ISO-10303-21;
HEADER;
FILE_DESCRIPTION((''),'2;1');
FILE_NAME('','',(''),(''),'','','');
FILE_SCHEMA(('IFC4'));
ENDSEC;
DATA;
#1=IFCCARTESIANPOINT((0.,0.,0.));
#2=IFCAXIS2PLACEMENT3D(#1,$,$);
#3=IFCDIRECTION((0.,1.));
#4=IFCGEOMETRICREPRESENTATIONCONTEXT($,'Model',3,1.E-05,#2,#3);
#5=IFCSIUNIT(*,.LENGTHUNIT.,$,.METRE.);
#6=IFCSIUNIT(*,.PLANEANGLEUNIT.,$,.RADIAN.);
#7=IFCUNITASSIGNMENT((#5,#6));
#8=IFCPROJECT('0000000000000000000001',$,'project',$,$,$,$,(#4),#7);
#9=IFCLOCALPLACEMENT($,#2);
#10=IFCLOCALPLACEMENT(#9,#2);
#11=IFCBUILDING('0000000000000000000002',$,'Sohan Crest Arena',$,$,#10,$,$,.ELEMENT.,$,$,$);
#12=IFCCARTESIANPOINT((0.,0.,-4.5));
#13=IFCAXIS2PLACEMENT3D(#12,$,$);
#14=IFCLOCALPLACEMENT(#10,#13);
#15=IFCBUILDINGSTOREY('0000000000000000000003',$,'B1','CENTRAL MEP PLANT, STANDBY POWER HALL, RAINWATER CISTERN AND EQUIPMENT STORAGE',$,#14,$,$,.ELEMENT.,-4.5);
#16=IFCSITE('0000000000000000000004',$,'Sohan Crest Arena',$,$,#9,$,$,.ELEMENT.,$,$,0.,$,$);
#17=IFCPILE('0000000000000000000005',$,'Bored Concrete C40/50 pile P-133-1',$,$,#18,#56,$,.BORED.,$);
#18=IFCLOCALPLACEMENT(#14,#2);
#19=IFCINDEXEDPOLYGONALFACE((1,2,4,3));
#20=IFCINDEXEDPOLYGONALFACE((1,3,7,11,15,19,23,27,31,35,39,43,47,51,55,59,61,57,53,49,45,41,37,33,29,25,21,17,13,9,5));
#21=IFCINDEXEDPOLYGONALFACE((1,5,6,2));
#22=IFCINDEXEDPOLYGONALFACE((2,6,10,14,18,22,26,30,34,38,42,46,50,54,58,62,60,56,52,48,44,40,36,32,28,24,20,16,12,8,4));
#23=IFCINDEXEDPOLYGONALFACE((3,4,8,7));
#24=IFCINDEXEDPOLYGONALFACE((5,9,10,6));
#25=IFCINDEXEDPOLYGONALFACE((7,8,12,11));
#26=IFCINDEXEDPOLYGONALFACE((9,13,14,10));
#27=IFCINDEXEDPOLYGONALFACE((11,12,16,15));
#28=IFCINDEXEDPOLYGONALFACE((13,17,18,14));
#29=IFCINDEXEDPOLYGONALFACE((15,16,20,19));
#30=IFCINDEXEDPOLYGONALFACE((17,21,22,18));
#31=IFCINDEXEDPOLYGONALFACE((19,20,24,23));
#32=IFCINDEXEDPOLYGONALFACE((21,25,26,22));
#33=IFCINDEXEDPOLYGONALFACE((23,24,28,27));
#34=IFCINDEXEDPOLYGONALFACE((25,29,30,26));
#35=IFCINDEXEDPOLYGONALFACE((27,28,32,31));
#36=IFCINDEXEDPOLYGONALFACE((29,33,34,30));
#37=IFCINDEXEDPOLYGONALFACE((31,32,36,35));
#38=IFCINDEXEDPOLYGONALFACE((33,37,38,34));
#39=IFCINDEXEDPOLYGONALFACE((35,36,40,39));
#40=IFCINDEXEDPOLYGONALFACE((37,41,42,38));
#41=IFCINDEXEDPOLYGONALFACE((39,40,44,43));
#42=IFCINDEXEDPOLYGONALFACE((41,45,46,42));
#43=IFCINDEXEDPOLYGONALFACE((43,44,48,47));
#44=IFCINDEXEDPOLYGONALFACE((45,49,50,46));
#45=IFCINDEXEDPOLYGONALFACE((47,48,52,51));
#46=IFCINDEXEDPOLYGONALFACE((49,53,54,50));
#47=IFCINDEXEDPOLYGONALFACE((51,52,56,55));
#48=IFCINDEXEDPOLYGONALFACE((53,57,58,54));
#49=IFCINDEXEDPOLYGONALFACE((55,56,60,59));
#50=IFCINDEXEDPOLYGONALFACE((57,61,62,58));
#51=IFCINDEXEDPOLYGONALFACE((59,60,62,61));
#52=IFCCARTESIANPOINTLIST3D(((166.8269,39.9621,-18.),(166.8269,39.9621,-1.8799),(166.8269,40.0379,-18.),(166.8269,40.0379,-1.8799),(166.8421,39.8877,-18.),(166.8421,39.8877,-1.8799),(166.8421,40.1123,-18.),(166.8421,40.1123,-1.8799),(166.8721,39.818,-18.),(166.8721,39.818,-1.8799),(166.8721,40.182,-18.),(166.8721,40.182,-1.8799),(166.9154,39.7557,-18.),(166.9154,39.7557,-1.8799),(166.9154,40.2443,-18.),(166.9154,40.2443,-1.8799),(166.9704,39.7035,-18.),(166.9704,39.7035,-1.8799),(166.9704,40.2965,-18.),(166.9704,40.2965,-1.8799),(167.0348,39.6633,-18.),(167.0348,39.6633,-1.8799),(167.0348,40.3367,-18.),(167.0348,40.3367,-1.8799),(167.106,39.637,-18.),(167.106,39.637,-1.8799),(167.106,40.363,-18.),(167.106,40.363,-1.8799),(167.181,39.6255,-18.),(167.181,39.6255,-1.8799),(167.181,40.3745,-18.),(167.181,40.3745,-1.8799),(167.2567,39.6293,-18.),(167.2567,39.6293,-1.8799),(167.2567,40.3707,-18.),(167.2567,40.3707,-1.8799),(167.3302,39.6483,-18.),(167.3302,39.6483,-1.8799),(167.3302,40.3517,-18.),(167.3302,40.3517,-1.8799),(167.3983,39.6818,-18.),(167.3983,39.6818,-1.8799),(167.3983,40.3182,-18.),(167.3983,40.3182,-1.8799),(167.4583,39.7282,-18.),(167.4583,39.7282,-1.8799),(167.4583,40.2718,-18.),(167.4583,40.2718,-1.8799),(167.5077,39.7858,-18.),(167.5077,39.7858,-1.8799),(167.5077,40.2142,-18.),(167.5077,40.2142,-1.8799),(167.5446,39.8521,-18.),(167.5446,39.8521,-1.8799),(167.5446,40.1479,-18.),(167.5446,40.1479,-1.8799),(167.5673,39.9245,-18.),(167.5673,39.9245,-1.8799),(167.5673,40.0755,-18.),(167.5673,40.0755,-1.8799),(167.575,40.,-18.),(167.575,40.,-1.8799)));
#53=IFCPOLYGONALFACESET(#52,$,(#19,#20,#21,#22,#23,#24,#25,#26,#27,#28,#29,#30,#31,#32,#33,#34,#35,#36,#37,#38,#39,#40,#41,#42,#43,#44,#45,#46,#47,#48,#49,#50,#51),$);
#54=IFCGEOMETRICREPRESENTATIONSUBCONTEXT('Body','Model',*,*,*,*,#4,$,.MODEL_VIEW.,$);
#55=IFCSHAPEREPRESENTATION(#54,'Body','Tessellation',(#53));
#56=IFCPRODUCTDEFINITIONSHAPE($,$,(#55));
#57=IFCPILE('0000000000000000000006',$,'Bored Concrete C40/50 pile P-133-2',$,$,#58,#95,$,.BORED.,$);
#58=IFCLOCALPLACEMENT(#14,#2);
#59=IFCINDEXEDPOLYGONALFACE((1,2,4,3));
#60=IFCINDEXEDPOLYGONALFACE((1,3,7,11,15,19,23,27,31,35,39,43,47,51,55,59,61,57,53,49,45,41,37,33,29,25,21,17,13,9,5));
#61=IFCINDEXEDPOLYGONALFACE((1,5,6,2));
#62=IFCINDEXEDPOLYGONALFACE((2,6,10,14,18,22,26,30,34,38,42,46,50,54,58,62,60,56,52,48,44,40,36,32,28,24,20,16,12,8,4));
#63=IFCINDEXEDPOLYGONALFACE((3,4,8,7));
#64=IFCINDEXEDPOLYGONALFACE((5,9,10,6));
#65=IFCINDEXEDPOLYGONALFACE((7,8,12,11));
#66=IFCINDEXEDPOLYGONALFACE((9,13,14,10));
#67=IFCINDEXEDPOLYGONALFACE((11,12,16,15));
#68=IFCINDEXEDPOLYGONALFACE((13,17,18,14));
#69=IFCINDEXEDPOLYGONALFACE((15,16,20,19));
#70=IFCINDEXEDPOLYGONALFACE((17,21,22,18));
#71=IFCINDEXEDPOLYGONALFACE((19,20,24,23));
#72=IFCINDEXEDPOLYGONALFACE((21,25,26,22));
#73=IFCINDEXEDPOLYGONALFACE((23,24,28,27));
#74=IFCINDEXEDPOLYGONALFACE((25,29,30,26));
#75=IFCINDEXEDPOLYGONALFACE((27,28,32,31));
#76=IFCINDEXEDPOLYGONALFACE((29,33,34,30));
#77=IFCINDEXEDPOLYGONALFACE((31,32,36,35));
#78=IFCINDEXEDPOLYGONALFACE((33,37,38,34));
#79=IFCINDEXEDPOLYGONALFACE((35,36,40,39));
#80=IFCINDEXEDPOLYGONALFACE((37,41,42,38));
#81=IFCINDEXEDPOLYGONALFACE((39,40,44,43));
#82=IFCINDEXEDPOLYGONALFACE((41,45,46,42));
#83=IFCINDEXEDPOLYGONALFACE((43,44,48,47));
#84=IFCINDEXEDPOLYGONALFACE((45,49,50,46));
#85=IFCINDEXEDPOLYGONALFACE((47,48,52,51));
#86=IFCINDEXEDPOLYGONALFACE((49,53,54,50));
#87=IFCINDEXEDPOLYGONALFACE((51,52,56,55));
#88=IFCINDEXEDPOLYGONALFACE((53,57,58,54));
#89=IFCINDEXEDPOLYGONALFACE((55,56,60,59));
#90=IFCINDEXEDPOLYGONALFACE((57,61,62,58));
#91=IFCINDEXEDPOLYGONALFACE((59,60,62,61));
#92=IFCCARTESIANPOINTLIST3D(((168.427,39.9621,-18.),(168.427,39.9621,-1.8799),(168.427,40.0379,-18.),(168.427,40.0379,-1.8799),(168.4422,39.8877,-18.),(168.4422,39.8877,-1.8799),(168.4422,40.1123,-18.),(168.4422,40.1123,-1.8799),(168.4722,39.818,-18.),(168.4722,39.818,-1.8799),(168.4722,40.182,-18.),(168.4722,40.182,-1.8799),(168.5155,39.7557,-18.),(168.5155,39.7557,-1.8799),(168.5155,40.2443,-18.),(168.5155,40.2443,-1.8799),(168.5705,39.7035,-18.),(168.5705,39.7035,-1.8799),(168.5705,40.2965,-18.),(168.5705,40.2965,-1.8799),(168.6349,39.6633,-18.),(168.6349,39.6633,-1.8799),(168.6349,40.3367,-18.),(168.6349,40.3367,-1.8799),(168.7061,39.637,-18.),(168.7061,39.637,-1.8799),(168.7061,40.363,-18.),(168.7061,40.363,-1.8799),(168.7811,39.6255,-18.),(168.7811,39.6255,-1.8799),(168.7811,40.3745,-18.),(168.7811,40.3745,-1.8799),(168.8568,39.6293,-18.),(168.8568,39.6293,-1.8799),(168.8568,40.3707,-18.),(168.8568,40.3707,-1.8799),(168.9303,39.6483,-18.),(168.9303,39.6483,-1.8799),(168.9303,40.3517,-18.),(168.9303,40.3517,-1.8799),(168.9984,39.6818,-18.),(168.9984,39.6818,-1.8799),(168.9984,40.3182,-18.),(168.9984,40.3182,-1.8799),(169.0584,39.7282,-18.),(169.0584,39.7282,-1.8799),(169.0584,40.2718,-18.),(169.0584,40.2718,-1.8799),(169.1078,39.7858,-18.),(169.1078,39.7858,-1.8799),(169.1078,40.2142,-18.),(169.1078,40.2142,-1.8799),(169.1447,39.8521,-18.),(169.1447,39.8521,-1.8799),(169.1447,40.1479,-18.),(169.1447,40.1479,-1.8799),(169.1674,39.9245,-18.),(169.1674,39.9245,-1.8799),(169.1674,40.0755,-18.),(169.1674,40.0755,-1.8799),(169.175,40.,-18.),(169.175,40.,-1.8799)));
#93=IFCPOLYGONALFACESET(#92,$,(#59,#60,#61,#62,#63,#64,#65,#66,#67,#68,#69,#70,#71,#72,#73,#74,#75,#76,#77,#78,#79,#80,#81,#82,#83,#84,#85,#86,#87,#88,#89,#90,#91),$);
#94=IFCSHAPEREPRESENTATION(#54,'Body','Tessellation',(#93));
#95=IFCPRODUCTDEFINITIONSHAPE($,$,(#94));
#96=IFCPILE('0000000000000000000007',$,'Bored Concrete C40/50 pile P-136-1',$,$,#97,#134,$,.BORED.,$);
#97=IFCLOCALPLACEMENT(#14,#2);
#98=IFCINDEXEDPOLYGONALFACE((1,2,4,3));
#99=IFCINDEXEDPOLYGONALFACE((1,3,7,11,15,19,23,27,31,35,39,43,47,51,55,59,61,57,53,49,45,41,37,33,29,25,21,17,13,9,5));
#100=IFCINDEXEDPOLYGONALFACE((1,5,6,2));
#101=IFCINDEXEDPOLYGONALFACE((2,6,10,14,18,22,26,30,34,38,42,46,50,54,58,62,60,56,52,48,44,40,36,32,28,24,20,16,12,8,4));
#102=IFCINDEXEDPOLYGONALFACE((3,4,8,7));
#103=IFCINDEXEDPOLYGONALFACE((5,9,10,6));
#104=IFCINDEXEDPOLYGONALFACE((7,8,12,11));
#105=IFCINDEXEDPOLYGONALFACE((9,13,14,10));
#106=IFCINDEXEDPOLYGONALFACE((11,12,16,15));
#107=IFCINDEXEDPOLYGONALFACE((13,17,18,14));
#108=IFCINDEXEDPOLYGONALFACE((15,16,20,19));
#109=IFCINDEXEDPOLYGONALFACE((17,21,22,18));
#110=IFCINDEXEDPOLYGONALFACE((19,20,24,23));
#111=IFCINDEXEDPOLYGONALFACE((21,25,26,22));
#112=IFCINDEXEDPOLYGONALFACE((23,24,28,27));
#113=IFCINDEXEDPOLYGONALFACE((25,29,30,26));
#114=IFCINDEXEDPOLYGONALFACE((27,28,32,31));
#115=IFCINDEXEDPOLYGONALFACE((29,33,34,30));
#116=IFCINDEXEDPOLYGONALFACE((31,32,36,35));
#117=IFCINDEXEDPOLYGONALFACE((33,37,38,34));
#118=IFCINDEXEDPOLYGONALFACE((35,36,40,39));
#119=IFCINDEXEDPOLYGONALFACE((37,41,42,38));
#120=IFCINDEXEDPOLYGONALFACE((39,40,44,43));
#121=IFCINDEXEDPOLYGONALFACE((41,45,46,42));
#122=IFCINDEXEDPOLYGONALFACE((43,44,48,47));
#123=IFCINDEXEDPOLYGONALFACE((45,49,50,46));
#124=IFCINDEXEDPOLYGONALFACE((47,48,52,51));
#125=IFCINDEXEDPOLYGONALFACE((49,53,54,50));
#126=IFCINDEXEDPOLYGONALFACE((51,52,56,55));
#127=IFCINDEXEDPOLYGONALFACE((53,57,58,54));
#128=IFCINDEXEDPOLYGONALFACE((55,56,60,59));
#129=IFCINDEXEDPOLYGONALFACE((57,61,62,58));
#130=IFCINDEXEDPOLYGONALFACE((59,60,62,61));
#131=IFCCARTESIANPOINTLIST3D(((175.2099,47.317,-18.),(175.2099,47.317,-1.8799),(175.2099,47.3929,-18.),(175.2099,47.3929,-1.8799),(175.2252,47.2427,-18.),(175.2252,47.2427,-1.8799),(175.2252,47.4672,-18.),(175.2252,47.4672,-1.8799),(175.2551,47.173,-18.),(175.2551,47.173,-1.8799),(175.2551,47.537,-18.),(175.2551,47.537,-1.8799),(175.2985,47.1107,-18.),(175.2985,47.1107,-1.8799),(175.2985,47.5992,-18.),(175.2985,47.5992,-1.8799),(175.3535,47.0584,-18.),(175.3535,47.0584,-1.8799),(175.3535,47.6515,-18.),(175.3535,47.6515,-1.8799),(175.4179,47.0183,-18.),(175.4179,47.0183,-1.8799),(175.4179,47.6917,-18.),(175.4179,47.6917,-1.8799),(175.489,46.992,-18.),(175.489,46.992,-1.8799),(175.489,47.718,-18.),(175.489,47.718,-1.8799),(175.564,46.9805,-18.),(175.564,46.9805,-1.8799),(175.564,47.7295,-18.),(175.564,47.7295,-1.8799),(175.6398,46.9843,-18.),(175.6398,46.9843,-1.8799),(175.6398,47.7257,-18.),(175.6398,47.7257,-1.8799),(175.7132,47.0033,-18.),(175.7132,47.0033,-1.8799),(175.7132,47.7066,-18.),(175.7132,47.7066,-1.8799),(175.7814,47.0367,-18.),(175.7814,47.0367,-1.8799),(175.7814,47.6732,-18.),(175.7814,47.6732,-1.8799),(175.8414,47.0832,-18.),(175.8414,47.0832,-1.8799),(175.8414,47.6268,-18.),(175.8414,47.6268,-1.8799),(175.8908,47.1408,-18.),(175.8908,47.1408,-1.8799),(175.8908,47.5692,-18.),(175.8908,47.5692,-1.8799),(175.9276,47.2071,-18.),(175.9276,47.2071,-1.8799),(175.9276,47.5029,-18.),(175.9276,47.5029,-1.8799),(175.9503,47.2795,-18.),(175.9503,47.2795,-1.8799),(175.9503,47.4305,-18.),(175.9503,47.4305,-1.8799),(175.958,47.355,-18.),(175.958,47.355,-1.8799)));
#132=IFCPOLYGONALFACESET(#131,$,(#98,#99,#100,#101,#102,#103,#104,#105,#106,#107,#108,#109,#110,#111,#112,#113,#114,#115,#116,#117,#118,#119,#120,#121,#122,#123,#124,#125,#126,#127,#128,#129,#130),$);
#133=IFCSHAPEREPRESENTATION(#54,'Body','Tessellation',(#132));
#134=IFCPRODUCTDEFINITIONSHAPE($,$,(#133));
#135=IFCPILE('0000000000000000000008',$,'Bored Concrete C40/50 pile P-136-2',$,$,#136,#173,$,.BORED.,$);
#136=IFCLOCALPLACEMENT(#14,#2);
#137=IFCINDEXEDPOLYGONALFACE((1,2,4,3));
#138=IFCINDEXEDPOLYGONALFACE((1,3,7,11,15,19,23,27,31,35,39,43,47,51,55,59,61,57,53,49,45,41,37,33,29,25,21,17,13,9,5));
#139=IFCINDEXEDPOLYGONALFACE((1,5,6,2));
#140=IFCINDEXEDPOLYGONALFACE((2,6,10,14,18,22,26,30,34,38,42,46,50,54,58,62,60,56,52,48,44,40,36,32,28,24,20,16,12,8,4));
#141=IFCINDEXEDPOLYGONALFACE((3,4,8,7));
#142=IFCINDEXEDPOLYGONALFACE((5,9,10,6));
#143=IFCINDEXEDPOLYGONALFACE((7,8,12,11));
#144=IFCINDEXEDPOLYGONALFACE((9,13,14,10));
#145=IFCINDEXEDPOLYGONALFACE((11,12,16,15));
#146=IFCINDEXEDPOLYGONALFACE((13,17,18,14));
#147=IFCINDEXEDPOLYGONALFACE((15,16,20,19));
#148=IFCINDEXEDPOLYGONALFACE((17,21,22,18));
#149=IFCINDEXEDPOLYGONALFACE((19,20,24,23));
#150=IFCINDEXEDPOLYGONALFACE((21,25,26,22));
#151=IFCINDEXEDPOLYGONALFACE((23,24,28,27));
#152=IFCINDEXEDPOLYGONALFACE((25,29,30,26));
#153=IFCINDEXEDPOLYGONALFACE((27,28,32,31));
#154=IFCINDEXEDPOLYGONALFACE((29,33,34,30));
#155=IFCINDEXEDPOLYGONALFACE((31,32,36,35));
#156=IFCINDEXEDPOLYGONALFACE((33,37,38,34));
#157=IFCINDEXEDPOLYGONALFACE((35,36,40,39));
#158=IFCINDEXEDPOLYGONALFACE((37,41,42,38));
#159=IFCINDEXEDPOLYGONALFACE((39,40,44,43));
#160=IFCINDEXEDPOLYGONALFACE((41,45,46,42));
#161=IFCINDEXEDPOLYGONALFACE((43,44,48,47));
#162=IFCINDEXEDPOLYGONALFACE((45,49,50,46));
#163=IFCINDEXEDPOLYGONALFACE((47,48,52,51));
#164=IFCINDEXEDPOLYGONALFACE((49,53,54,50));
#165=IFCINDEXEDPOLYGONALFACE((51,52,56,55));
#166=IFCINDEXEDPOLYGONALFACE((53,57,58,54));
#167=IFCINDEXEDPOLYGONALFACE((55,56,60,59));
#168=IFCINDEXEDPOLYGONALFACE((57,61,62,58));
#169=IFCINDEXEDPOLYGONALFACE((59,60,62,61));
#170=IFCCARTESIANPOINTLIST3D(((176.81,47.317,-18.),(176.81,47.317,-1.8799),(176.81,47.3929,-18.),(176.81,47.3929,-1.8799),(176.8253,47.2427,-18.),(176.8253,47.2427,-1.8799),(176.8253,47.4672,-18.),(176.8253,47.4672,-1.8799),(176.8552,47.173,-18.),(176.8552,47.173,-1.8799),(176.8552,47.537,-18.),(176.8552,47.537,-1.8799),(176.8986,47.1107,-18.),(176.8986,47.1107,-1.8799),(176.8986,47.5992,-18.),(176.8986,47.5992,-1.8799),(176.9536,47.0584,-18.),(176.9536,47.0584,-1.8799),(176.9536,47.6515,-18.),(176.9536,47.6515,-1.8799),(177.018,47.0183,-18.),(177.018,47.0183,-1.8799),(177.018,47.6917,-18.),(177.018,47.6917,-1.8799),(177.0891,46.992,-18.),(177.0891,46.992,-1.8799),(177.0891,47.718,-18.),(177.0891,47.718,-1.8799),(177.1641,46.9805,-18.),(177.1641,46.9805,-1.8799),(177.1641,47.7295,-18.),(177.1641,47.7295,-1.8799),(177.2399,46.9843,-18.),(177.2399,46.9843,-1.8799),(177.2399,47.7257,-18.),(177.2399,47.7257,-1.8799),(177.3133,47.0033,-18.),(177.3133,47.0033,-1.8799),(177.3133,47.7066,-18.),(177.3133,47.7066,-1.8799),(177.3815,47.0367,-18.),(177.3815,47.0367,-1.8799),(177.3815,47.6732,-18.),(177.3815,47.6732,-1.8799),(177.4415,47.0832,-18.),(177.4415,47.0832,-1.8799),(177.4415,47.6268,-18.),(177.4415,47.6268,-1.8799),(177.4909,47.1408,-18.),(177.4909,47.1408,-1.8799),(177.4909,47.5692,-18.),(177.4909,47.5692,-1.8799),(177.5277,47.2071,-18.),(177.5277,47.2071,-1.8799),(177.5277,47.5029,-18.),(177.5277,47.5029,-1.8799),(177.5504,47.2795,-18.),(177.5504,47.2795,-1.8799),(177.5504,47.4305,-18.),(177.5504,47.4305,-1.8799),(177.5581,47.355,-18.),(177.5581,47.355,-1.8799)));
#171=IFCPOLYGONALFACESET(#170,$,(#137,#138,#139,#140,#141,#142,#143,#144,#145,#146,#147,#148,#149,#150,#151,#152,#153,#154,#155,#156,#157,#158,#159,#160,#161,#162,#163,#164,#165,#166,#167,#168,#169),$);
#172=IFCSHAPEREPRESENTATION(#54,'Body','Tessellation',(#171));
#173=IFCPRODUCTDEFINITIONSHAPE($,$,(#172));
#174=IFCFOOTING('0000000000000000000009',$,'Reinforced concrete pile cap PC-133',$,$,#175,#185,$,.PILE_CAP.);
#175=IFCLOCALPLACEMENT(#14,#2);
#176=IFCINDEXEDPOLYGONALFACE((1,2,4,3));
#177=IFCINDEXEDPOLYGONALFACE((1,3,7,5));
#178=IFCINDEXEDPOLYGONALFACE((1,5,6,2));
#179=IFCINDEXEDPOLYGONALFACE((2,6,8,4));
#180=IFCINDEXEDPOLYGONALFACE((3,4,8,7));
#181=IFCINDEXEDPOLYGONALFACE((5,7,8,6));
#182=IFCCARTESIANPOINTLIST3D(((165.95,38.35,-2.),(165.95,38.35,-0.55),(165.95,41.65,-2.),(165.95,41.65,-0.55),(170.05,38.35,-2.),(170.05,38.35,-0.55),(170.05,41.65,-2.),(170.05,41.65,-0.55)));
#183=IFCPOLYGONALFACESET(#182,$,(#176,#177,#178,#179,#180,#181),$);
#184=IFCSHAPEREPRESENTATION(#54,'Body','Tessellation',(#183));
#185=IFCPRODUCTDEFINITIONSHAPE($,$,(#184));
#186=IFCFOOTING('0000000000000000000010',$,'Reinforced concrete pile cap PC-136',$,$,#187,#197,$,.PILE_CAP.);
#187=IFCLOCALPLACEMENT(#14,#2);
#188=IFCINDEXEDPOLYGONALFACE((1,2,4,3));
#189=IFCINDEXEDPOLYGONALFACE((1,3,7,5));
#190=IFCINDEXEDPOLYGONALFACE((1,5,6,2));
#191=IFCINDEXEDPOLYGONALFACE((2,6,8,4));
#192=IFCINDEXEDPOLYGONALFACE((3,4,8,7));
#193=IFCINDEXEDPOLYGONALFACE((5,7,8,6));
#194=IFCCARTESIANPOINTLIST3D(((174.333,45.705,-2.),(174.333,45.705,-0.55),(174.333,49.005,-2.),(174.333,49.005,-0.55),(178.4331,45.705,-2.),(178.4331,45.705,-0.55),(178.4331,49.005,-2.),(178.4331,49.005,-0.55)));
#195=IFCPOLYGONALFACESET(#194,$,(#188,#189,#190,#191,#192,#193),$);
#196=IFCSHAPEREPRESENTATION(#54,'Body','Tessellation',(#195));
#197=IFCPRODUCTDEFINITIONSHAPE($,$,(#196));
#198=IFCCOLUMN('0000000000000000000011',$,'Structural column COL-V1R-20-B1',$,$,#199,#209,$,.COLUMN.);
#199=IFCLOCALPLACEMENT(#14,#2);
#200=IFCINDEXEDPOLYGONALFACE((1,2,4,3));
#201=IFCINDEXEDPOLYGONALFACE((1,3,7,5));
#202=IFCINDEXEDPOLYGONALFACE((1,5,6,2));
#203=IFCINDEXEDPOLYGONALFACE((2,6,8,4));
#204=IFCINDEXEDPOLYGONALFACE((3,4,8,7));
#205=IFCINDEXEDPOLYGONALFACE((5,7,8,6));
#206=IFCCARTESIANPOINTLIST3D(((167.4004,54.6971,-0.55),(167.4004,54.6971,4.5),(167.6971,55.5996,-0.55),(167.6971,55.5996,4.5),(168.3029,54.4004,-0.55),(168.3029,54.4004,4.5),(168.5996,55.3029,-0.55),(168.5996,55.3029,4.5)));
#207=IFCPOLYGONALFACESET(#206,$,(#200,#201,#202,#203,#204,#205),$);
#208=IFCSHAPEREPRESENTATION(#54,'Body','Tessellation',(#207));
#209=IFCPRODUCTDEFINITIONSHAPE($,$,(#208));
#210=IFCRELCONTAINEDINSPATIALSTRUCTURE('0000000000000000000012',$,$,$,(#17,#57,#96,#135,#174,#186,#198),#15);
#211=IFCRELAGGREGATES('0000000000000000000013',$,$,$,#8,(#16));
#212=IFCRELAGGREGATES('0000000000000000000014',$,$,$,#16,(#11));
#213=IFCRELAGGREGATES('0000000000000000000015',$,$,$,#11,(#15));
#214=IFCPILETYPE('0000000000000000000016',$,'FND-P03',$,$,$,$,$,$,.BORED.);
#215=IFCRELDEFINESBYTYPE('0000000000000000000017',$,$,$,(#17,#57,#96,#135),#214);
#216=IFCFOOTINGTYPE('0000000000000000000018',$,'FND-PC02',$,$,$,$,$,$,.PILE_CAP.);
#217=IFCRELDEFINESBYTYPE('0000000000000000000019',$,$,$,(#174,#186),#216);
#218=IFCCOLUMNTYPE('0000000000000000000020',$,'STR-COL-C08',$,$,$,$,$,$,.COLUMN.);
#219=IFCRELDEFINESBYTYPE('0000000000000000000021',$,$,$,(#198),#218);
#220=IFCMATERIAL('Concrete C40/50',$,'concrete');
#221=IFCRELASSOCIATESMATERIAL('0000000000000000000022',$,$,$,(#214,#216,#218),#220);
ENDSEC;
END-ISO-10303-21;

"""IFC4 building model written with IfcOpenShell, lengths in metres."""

from ifc_helpers import new_model, si_unit, direction, frame, origin, origin_2d, place, context, subcontext, project, spatial, rectangle, circle, extrude, material, material_profile, profile_set, type_object, element, save


model = new_model("IFC4")

# Units and contexts
model_context = context("Model", 3, precision=1e-05, world=origin(), true_north=direction((0.0, 1.0)))
body_context = subcontext(model_context, "Body", "Model", "MODEL_VIEW")
ifc_project = project(units=[si_unit("LENGTHUNIT", "METRE"), si_unit("PLANEANGLEUNIT", "RADIAN")], contexts=[model_context])

# Site, building, storey
site_placement = place(None, origin())
site = spatial("IfcSite", under=ifc_project, at=site_placement, Name="Sohan Crest Arena", CompositionType="ELEMENT", RefElevation=0.0)
building_placement = place(site_placement, origin())
building = spatial("IfcBuilding", under=site, at=building_placement, Name="Sohan Crest Arena", CompositionType="ELEMENT")
storey_placement = place(building_placement, frame((0.0, 0.0, -4.5)))
storey = spatial("IfcBuildingStorey", under=building, at=storey_placement, Name="B1", Description="CENTRAL MEP PLANT, STANDBY POWER HALL, RAINWATER CISTERN AND EQUIPMENT STORAGE", CompositionType="ELEMENT", Elevation=-4.5)

# Shared definitions
ifc_material_1 = material(Name="Concrete C40/50", Category="concrete")

# Piles
ifc_material_profile_1 = material_profile(ifc_material_1, circle(Radius=0.375, at=origin_2d()), Name="PILE D750")
ifc_profile_set_1 = profile_set([ifc_material_profile_1], Name="Concrete C40/50")
pile_type = type_object("IfcPileType", Name="FND-P03", PredefinedType="BORED", material=ifc_profile_set_1)
for number, where, z_axis, x_axis, name in (
    (1, (167.2, 40.0, -18.0), (0.0, 0.0, 1.0), (1.0, 0.0, 0.0), "Bored Concrete C40/50 pile P-133-1"),
    (2, (168.8, 40.0, -18.0), (0.0, 0.0, 1.0), (1.0, 0.0, 0.0), "Bored Concrete C40/50 pile P-133-2"),
    (3, (175.583, 47.355, -18.0), (0.0, 0.0, 1.0), (1.0, 0.0, 0.0), "Bored Concrete C40/50 pile P-136-1"),
    (4, (177.1831, 47.355, -18.0), (0.0, 0.0, 1.0), (1.0, 0.0, 0.0), "Bored Concrete C40/50 pile P-136-2"),
):
    element("IfcPile", number, at=place(storey_placement, frame(where, z_axis=z_axis, x_axis=x_axis)), inside=storey, type_object=pile_type, Name=name, PredefinedType="BORED", context=body_context, shape_type="SweptSolid", body=[
        extrude(circle(Radius=0.375, at=origin_2d()), origin(), (0.0, 0.0, 1.0), 16.1201),
    ])

# Footings
footing_type_1 = type_object("IfcFootingType", Name="FND-PC02", PredefinedType="PILE_CAP", material=ifc_material_1)
for number, where, z_axis, x_axis, name in (
    (5, (168.0, 40.0, -2.0), (0.0, 0.0, 1.0), (1.0, 0.0, 0.0), "Reinforced concrete pile cap PC-133"),
    (6, (176.3831, 47.355, -2.0), (0.0, 0.0, 1.0), (1.0, 0.0, 0.0), "Reinforced concrete pile cap PC-136"),
):
    element("IfcFooting", number, at=place(storey_placement, frame(where, z_axis=z_axis, x_axis=x_axis)), inside=storey, type_object=footing_type_1, Name=name, PredefinedType="PILE_CAP", context=body_context, shape_type="SweptSolid", body=[
        extrude(rectangle(XDim=4.1001, YDim=3.3, at=origin_2d()), origin(), (0.0, 0.0, 1.0), 1.45),
    ])

# Column
ifc_material_profile_2 = material_profile(ifc_material_1, rectangle(XDim=0.95, YDim=0.95, at=origin_2d()), Name="RC 950x950")
ifc_profile_set_2 = profile_set([ifc_material_profile_2], Name="Concrete C40/50")
column_type_1 = type_object("IfcColumnType", Name="STR-COL-C08", PredefinedType="COLUMN", material=ifc_profile_set_2)
column_1_placement = place(storey_placement, frame((168.0, 55.0, -0.55), z_axis=(0.0, 0.0, 1.0), x_axis=(-0.949972, 0.312335, 0.0)))
element("IfcColumn", 7, at=column_1_placement, inside=storey, type_object=column_type_1, Name="Structural column COL-V1R-20-B1", PredefinedType="COLUMN", context=body_context, shape_type="SweptSolid", body=[
    extrude(rectangle(XDim=0.95, YDim=0.95, at=origin_2d()), origin(), (0.0, 0.0, 1.0), 5.05),
])

save(model, "model.ifc")
